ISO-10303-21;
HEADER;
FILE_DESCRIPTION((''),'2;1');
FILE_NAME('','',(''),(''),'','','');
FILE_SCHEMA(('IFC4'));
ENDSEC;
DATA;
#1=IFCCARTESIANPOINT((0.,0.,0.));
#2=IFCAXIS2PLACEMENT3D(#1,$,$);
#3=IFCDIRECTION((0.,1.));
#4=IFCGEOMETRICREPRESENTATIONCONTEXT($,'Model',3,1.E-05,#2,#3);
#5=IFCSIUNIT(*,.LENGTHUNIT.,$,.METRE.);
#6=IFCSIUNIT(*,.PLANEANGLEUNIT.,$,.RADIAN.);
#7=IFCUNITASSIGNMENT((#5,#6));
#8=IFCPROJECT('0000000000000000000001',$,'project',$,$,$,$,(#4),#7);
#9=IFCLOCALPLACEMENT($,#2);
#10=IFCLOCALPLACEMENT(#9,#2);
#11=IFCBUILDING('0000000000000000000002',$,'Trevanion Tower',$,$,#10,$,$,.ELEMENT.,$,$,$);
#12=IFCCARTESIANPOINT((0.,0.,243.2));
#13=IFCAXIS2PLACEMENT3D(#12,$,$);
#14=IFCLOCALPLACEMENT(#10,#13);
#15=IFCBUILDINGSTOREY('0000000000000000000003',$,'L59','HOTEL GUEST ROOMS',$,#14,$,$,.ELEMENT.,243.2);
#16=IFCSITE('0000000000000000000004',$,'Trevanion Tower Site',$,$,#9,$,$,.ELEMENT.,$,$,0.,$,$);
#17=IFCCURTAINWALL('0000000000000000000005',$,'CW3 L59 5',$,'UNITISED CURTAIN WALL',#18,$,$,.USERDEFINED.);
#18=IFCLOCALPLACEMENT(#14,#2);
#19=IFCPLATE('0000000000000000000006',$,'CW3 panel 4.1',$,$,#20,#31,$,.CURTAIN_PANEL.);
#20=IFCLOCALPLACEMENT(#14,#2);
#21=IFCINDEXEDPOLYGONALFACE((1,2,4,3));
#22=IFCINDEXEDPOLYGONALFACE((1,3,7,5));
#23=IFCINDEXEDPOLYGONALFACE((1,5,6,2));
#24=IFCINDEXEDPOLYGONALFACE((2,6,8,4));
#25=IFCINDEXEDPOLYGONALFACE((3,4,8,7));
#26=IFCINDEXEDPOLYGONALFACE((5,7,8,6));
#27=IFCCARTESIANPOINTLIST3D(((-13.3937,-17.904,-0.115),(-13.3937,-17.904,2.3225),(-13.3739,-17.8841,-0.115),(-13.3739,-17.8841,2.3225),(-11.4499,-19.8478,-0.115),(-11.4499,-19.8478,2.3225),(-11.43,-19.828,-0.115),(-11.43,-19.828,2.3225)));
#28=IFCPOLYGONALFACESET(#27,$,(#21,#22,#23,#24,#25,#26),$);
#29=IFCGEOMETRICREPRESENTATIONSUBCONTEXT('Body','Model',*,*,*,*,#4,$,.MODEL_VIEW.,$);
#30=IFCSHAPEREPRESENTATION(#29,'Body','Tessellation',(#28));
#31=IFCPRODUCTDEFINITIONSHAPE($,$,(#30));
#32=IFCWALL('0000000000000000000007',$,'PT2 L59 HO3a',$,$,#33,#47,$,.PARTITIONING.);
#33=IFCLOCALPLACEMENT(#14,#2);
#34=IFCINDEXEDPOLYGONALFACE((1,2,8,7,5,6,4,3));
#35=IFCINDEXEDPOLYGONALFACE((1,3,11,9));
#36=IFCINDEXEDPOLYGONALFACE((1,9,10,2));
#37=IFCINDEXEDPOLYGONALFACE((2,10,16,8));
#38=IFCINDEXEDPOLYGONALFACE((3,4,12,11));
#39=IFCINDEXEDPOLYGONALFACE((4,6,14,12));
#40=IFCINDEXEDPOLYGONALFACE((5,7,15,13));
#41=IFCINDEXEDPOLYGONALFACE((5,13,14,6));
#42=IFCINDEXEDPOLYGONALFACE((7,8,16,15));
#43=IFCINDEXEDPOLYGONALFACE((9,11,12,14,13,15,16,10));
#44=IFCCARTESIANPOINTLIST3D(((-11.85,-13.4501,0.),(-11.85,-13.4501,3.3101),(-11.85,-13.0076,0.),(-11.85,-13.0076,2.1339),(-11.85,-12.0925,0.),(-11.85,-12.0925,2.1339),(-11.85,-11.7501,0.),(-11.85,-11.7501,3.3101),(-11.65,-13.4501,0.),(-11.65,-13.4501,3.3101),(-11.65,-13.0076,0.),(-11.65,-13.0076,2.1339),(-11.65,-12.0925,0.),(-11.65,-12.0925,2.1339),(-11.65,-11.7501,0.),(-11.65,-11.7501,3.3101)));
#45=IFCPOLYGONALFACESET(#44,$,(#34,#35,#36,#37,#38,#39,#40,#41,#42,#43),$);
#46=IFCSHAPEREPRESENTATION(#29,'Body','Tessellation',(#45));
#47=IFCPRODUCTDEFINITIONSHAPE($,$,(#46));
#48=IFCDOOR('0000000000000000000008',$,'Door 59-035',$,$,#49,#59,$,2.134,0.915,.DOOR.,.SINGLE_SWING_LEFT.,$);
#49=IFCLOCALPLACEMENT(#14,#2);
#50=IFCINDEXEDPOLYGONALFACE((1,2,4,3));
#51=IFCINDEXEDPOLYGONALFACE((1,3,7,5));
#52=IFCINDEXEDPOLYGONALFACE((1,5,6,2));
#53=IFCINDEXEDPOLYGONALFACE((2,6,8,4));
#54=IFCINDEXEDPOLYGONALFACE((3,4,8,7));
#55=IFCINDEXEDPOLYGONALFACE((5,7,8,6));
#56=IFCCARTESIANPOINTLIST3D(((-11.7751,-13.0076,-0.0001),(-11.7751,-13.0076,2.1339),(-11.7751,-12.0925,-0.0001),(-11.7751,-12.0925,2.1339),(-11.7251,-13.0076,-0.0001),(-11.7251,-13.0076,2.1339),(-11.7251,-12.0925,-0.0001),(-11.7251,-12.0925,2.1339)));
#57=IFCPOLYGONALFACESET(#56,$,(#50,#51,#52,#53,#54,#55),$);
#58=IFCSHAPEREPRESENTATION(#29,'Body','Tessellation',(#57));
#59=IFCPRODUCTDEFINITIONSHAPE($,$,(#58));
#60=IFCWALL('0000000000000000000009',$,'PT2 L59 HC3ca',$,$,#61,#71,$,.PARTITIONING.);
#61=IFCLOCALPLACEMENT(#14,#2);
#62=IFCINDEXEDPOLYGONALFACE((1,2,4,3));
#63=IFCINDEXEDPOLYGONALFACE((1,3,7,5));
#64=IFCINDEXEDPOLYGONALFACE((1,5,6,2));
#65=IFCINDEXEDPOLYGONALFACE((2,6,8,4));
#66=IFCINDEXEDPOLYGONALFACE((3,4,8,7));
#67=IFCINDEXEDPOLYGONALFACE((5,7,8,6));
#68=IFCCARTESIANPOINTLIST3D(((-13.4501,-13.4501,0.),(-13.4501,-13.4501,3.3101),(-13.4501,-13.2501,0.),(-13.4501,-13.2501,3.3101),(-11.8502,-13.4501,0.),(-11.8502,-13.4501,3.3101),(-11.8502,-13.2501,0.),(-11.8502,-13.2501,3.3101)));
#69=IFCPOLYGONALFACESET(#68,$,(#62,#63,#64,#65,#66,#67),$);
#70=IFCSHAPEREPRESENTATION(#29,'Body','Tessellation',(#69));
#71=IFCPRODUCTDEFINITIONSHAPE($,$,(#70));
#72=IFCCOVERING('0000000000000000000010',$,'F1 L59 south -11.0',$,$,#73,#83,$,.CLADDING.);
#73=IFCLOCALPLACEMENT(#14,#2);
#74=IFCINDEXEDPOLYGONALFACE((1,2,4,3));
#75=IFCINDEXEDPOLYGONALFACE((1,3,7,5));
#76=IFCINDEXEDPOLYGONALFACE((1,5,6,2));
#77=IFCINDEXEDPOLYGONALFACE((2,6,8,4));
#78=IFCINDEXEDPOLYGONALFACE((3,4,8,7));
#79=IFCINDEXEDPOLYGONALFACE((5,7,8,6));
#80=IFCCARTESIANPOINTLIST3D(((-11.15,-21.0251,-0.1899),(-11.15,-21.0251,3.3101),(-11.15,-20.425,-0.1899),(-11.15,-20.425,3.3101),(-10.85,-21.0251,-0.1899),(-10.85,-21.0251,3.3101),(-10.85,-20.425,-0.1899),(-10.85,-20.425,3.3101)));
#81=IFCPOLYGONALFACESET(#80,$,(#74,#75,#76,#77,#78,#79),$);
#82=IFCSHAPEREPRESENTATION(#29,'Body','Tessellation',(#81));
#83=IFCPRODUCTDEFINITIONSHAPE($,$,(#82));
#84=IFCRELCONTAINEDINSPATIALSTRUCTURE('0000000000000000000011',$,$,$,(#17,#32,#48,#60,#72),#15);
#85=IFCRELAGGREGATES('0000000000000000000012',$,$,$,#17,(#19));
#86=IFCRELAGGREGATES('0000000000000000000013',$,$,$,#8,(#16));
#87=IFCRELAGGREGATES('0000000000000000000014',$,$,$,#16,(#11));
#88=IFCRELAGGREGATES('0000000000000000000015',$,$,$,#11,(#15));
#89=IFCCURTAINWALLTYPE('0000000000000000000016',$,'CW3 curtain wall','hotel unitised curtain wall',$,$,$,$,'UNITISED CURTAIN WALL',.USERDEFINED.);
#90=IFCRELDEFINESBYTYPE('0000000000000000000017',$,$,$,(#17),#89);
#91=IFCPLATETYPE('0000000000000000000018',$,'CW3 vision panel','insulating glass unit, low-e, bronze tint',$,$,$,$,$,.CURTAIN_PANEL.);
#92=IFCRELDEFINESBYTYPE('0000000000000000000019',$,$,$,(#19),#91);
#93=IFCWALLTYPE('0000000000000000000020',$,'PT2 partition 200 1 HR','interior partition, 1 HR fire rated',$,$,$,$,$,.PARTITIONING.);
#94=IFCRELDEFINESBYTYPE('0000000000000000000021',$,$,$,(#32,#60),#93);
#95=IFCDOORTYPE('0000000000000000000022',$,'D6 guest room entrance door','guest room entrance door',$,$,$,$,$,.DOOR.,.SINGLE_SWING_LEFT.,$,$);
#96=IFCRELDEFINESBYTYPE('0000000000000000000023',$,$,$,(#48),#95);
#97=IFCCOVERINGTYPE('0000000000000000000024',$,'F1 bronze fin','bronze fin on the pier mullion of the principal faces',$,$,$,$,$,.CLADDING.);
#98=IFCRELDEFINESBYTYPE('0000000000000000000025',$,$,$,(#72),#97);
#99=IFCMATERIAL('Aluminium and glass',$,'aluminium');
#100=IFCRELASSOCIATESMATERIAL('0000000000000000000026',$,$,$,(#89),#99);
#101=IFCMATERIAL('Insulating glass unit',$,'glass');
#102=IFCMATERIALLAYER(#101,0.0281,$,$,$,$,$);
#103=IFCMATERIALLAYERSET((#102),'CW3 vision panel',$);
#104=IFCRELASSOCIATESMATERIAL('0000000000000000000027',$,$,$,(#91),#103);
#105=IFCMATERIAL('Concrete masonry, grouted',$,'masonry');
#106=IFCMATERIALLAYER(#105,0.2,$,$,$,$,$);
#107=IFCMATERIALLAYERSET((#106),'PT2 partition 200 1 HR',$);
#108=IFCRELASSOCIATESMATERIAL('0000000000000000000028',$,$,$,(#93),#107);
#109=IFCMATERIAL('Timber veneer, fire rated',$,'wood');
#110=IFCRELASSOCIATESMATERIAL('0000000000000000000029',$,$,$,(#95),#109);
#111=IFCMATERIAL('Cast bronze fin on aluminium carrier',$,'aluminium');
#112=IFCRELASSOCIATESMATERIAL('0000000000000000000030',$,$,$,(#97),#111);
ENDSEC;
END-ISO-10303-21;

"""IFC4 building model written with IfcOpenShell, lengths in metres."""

from ifc_helpers import new_model, si_unit, direction, frame, frame_2d, origin, origin_2d, place, context, subcontext, project, spatial, rectangle, extrude, material, layer, layer_set, type_object, element, fill, aggregate, save


model = new_model("IFC4")

# Units and contexts
model_context = context("Model", 3, precision=1e-05, world=origin(), true_north=direction((0.0, 1.0)))
body_context = subcontext(model_context, "Body", "Model", "MODEL_VIEW")
ifc_project = project(units=[si_unit("LENGTHUNIT", "METRE"), si_unit("PLANEANGLEUNIT", "RADIAN")], contexts=[model_context])

# Site, building, storey
site_placement = place(None, origin())
site = spatial("IfcSite", under=ifc_project, at=site_placement, Name="Trevanion Tower Site", CompositionType="ELEMENT", RefElevation=0.0)
building_placement = place(site_placement, origin())
building = spatial("IfcBuilding", under=site, at=building_placement, Name="Trevanion Tower", CompositionType="ELEMENT")
storey_placement = place(building_placement, frame((0.0, 0.0, 243.2)))
storey = spatial("IfcBuildingStorey", under=building, at=storey_placement, Name="L59", Description="HOTEL GUEST ROOMS", CompositionType="ELEMENT", Elevation=243.2)

# Curtain wall
ifc_material_1 = material(Name="Aluminium and glass", Category="aluminium")
curtain_wall_type = type_object("IfcCurtainWallType", Name="CW3 curtain wall", Description="hotel unitised curtain wall", ElementType="UNITISED CURTAIN WALL", PredefinedType="USERDEFINED", material=ifc_material_1)
curtain_wall_1_placement = place(storey_placement, origin())
curtain_wall_1 = element("IfcCurtainWall", 1, at=curtain_wall_1_placement, inside=storey, type_object=curtain_wall_type, Name="CW3 L59 5", ObjectType="UNITISED CURTAIN WALL", PredefinedType="USERDEFINED")

# Plate
ifc_material_2 = material(Name="Insulating glass unit", Category="glass")
ifc_layer_1 = layer(ifc_material_2, 0.0281)
ifc_layer_set_1 = layer_set([ifc_layer_1], Name="CW3 vision panel")
plate_type_1 = type_object("IfcPlateType", Name="CW3 vision panel", Description="insulating glass unit, low-e, bronze tint", PredefinedType="CURTAIN_PANEL", material=ifc_layer_set_1)
plate_1_placement = place(storey_placement, frame((-12.4119, -18.866, -0.115), z_axis=(0.0, 0.0, 1.0), x_axis=(0.707107, -0.707107, 0.0)))
plate_1 = element("IfcPlate", 2, at=plate_1_placement, type_object=plate_type_1, Name="CW3 panel 4.1", PredefinedType="CURTAIN_PANEL", context=body_context, shape_type="SweptSolid", body=[
    extrude(rectangle(XDim=2.749, YDim=0.0281, at=origin_2d()), origin(), (0.0, 0.0, 1.0), 2.4375),
])
aggregate(curtain_wall_1, [plate_1])

# Wall, opening, door
ifc_material_3 = material(Name="Concrete masonry, grouted", Category="masonry")
ifc_layer_2 = layer(ifc_material_3, 0.2)
ifc_layer_set_2 = layer_set([ifc_layer_2], Name="PT2 partition 200 1 HR")
wall_type = type_object("IfcWallType", Name="PT2 partition 200 1 HR", Description="interior partition, 1 HR fire rated", PredefinedType="PARTITIONING", material=ifc_layer_set_2)
wall_1_placement = place(storey_placement, frame((-11.75, -11.75, 0.0), z_axis=(0.0, 0.0, 1.0), x_axis=(0.0, -1.0, 0.0)))
wall_1 = element("IfcWall", 3, at=wall_1_placement, inside=storey, type_object=wall_type, Name="PT2 L59 HO3a", PredefinedType="PARTITIONING", context=body_context, shape_type="SweptSolid", body=[
    extrude(rectangle(XDim=1.7, YDim=0.2, at=frame_2d((0.8501, 0.0))), origin(), (0.0, 0.0, 1.0), 3.3101),
])
opening_placement = place(wall_1_placement, frame((0.3425, 0.0, 0.0)))
opening = element("IfcOpeningElement", 4, at=opening_placement, cuts=wall_1, PredefinedType="OPENING", context=body_context, shape_type="SweptSolid", body=[
    extrude(rectangle(XDim=0.915, YDim=2.134, at=frame_2d((0.4575, 1.0669))), frame((0.0, 0.1099, 0.0), z_axis=(0.0, -1.0, 0.0), x_axis=(1.0, 0.0, 0.0)), (0.0, 0.0, 1.0), 0.22),
])
ifc_material_4 = material(Name="Timber veneer, fire rated", Category="wood")
door_type = type_object("IfcDoorType", Name="D6 guest room entrance door", Description="guest room entrance door", OperationType="SINGLE_SWING_LEFT", PredefinedType="DOOR", material=ifc_material_4)
door_placement = place(opening_placement, origin())
door = element("IfcDoor", 5, at=door_placement, inside=storey, type_object=door_type, Name="Door 59-035", OperationType="SINGLE_SWING_LEFT", OverallHeight=2.134, OverallWidth=0.915, PredefinedType="DOOR", context=body_context, shape_type="SweptSolid", body=[
    extrude(rectangle(XDim=0.915, YDim=2.134, at=frame_2d((0.4575, 1.0669))), frame((0.0, 0.0249, 0.0), z_axis=(0.0, -1.0, 0.0), x_axis=(1.0, 0.0, 0.0)), (0.0, 0.0, 1.0), 0.05),
])
fill(opening, door)

# Wall
wall_2_placement = place(storey_placement, frame((-13.45, -13.3501, 0.0), z_axis=(0.0, 0.0, 1.0), x_axis=(1.0, 0.0, 0.0)))
element("IfcWall", 6, at=wall_2_placement, inside=storey, type_object=wall_type, Name="PT2 L59 HC3ca", PredefinedType="PARTITIONING", context=body_context, shape_type="SweptSolid", body=[
    extrude(rectangle(XDim=1.5999, YDim=0.2, at=frame_2d((0.7998, 0.0))), origin(), (0.0, 0.0, 1.0), 3.3101),
])

# Covering
ifc_material_5 = material(Name="Cast bronze fin on aluminium carrier", Category="aluminium")
covering_type = type_object("IfcCoveringType", Name="F1 bronze fin", Description="bronze fin on the pier mullion of the principal faces", PredefinedType="CLADDING", material=ifc_material_5)
covering_placement = place(storey_placement, frame((-11.0, -20.7251, -0.1899), z_axis=(0.0, 0.0, 1.0), x_axis=(1.0, 0.0, 0.0)))
element("IfcCovering", 7, at=covering_placement, inside=storey, type_object=covering_type, Name="F1 L59 south -11.0", PredefinedType="CLADDING", context=body_context, shape_type="SweptSolid", body=[
    extrude(rectangle(XDim=0.3, YDim=0.6001, at=origin_2d()), origin(), (0.0, 0.0, 1.0), 3.5),
])

save(model, "model.ifc")
